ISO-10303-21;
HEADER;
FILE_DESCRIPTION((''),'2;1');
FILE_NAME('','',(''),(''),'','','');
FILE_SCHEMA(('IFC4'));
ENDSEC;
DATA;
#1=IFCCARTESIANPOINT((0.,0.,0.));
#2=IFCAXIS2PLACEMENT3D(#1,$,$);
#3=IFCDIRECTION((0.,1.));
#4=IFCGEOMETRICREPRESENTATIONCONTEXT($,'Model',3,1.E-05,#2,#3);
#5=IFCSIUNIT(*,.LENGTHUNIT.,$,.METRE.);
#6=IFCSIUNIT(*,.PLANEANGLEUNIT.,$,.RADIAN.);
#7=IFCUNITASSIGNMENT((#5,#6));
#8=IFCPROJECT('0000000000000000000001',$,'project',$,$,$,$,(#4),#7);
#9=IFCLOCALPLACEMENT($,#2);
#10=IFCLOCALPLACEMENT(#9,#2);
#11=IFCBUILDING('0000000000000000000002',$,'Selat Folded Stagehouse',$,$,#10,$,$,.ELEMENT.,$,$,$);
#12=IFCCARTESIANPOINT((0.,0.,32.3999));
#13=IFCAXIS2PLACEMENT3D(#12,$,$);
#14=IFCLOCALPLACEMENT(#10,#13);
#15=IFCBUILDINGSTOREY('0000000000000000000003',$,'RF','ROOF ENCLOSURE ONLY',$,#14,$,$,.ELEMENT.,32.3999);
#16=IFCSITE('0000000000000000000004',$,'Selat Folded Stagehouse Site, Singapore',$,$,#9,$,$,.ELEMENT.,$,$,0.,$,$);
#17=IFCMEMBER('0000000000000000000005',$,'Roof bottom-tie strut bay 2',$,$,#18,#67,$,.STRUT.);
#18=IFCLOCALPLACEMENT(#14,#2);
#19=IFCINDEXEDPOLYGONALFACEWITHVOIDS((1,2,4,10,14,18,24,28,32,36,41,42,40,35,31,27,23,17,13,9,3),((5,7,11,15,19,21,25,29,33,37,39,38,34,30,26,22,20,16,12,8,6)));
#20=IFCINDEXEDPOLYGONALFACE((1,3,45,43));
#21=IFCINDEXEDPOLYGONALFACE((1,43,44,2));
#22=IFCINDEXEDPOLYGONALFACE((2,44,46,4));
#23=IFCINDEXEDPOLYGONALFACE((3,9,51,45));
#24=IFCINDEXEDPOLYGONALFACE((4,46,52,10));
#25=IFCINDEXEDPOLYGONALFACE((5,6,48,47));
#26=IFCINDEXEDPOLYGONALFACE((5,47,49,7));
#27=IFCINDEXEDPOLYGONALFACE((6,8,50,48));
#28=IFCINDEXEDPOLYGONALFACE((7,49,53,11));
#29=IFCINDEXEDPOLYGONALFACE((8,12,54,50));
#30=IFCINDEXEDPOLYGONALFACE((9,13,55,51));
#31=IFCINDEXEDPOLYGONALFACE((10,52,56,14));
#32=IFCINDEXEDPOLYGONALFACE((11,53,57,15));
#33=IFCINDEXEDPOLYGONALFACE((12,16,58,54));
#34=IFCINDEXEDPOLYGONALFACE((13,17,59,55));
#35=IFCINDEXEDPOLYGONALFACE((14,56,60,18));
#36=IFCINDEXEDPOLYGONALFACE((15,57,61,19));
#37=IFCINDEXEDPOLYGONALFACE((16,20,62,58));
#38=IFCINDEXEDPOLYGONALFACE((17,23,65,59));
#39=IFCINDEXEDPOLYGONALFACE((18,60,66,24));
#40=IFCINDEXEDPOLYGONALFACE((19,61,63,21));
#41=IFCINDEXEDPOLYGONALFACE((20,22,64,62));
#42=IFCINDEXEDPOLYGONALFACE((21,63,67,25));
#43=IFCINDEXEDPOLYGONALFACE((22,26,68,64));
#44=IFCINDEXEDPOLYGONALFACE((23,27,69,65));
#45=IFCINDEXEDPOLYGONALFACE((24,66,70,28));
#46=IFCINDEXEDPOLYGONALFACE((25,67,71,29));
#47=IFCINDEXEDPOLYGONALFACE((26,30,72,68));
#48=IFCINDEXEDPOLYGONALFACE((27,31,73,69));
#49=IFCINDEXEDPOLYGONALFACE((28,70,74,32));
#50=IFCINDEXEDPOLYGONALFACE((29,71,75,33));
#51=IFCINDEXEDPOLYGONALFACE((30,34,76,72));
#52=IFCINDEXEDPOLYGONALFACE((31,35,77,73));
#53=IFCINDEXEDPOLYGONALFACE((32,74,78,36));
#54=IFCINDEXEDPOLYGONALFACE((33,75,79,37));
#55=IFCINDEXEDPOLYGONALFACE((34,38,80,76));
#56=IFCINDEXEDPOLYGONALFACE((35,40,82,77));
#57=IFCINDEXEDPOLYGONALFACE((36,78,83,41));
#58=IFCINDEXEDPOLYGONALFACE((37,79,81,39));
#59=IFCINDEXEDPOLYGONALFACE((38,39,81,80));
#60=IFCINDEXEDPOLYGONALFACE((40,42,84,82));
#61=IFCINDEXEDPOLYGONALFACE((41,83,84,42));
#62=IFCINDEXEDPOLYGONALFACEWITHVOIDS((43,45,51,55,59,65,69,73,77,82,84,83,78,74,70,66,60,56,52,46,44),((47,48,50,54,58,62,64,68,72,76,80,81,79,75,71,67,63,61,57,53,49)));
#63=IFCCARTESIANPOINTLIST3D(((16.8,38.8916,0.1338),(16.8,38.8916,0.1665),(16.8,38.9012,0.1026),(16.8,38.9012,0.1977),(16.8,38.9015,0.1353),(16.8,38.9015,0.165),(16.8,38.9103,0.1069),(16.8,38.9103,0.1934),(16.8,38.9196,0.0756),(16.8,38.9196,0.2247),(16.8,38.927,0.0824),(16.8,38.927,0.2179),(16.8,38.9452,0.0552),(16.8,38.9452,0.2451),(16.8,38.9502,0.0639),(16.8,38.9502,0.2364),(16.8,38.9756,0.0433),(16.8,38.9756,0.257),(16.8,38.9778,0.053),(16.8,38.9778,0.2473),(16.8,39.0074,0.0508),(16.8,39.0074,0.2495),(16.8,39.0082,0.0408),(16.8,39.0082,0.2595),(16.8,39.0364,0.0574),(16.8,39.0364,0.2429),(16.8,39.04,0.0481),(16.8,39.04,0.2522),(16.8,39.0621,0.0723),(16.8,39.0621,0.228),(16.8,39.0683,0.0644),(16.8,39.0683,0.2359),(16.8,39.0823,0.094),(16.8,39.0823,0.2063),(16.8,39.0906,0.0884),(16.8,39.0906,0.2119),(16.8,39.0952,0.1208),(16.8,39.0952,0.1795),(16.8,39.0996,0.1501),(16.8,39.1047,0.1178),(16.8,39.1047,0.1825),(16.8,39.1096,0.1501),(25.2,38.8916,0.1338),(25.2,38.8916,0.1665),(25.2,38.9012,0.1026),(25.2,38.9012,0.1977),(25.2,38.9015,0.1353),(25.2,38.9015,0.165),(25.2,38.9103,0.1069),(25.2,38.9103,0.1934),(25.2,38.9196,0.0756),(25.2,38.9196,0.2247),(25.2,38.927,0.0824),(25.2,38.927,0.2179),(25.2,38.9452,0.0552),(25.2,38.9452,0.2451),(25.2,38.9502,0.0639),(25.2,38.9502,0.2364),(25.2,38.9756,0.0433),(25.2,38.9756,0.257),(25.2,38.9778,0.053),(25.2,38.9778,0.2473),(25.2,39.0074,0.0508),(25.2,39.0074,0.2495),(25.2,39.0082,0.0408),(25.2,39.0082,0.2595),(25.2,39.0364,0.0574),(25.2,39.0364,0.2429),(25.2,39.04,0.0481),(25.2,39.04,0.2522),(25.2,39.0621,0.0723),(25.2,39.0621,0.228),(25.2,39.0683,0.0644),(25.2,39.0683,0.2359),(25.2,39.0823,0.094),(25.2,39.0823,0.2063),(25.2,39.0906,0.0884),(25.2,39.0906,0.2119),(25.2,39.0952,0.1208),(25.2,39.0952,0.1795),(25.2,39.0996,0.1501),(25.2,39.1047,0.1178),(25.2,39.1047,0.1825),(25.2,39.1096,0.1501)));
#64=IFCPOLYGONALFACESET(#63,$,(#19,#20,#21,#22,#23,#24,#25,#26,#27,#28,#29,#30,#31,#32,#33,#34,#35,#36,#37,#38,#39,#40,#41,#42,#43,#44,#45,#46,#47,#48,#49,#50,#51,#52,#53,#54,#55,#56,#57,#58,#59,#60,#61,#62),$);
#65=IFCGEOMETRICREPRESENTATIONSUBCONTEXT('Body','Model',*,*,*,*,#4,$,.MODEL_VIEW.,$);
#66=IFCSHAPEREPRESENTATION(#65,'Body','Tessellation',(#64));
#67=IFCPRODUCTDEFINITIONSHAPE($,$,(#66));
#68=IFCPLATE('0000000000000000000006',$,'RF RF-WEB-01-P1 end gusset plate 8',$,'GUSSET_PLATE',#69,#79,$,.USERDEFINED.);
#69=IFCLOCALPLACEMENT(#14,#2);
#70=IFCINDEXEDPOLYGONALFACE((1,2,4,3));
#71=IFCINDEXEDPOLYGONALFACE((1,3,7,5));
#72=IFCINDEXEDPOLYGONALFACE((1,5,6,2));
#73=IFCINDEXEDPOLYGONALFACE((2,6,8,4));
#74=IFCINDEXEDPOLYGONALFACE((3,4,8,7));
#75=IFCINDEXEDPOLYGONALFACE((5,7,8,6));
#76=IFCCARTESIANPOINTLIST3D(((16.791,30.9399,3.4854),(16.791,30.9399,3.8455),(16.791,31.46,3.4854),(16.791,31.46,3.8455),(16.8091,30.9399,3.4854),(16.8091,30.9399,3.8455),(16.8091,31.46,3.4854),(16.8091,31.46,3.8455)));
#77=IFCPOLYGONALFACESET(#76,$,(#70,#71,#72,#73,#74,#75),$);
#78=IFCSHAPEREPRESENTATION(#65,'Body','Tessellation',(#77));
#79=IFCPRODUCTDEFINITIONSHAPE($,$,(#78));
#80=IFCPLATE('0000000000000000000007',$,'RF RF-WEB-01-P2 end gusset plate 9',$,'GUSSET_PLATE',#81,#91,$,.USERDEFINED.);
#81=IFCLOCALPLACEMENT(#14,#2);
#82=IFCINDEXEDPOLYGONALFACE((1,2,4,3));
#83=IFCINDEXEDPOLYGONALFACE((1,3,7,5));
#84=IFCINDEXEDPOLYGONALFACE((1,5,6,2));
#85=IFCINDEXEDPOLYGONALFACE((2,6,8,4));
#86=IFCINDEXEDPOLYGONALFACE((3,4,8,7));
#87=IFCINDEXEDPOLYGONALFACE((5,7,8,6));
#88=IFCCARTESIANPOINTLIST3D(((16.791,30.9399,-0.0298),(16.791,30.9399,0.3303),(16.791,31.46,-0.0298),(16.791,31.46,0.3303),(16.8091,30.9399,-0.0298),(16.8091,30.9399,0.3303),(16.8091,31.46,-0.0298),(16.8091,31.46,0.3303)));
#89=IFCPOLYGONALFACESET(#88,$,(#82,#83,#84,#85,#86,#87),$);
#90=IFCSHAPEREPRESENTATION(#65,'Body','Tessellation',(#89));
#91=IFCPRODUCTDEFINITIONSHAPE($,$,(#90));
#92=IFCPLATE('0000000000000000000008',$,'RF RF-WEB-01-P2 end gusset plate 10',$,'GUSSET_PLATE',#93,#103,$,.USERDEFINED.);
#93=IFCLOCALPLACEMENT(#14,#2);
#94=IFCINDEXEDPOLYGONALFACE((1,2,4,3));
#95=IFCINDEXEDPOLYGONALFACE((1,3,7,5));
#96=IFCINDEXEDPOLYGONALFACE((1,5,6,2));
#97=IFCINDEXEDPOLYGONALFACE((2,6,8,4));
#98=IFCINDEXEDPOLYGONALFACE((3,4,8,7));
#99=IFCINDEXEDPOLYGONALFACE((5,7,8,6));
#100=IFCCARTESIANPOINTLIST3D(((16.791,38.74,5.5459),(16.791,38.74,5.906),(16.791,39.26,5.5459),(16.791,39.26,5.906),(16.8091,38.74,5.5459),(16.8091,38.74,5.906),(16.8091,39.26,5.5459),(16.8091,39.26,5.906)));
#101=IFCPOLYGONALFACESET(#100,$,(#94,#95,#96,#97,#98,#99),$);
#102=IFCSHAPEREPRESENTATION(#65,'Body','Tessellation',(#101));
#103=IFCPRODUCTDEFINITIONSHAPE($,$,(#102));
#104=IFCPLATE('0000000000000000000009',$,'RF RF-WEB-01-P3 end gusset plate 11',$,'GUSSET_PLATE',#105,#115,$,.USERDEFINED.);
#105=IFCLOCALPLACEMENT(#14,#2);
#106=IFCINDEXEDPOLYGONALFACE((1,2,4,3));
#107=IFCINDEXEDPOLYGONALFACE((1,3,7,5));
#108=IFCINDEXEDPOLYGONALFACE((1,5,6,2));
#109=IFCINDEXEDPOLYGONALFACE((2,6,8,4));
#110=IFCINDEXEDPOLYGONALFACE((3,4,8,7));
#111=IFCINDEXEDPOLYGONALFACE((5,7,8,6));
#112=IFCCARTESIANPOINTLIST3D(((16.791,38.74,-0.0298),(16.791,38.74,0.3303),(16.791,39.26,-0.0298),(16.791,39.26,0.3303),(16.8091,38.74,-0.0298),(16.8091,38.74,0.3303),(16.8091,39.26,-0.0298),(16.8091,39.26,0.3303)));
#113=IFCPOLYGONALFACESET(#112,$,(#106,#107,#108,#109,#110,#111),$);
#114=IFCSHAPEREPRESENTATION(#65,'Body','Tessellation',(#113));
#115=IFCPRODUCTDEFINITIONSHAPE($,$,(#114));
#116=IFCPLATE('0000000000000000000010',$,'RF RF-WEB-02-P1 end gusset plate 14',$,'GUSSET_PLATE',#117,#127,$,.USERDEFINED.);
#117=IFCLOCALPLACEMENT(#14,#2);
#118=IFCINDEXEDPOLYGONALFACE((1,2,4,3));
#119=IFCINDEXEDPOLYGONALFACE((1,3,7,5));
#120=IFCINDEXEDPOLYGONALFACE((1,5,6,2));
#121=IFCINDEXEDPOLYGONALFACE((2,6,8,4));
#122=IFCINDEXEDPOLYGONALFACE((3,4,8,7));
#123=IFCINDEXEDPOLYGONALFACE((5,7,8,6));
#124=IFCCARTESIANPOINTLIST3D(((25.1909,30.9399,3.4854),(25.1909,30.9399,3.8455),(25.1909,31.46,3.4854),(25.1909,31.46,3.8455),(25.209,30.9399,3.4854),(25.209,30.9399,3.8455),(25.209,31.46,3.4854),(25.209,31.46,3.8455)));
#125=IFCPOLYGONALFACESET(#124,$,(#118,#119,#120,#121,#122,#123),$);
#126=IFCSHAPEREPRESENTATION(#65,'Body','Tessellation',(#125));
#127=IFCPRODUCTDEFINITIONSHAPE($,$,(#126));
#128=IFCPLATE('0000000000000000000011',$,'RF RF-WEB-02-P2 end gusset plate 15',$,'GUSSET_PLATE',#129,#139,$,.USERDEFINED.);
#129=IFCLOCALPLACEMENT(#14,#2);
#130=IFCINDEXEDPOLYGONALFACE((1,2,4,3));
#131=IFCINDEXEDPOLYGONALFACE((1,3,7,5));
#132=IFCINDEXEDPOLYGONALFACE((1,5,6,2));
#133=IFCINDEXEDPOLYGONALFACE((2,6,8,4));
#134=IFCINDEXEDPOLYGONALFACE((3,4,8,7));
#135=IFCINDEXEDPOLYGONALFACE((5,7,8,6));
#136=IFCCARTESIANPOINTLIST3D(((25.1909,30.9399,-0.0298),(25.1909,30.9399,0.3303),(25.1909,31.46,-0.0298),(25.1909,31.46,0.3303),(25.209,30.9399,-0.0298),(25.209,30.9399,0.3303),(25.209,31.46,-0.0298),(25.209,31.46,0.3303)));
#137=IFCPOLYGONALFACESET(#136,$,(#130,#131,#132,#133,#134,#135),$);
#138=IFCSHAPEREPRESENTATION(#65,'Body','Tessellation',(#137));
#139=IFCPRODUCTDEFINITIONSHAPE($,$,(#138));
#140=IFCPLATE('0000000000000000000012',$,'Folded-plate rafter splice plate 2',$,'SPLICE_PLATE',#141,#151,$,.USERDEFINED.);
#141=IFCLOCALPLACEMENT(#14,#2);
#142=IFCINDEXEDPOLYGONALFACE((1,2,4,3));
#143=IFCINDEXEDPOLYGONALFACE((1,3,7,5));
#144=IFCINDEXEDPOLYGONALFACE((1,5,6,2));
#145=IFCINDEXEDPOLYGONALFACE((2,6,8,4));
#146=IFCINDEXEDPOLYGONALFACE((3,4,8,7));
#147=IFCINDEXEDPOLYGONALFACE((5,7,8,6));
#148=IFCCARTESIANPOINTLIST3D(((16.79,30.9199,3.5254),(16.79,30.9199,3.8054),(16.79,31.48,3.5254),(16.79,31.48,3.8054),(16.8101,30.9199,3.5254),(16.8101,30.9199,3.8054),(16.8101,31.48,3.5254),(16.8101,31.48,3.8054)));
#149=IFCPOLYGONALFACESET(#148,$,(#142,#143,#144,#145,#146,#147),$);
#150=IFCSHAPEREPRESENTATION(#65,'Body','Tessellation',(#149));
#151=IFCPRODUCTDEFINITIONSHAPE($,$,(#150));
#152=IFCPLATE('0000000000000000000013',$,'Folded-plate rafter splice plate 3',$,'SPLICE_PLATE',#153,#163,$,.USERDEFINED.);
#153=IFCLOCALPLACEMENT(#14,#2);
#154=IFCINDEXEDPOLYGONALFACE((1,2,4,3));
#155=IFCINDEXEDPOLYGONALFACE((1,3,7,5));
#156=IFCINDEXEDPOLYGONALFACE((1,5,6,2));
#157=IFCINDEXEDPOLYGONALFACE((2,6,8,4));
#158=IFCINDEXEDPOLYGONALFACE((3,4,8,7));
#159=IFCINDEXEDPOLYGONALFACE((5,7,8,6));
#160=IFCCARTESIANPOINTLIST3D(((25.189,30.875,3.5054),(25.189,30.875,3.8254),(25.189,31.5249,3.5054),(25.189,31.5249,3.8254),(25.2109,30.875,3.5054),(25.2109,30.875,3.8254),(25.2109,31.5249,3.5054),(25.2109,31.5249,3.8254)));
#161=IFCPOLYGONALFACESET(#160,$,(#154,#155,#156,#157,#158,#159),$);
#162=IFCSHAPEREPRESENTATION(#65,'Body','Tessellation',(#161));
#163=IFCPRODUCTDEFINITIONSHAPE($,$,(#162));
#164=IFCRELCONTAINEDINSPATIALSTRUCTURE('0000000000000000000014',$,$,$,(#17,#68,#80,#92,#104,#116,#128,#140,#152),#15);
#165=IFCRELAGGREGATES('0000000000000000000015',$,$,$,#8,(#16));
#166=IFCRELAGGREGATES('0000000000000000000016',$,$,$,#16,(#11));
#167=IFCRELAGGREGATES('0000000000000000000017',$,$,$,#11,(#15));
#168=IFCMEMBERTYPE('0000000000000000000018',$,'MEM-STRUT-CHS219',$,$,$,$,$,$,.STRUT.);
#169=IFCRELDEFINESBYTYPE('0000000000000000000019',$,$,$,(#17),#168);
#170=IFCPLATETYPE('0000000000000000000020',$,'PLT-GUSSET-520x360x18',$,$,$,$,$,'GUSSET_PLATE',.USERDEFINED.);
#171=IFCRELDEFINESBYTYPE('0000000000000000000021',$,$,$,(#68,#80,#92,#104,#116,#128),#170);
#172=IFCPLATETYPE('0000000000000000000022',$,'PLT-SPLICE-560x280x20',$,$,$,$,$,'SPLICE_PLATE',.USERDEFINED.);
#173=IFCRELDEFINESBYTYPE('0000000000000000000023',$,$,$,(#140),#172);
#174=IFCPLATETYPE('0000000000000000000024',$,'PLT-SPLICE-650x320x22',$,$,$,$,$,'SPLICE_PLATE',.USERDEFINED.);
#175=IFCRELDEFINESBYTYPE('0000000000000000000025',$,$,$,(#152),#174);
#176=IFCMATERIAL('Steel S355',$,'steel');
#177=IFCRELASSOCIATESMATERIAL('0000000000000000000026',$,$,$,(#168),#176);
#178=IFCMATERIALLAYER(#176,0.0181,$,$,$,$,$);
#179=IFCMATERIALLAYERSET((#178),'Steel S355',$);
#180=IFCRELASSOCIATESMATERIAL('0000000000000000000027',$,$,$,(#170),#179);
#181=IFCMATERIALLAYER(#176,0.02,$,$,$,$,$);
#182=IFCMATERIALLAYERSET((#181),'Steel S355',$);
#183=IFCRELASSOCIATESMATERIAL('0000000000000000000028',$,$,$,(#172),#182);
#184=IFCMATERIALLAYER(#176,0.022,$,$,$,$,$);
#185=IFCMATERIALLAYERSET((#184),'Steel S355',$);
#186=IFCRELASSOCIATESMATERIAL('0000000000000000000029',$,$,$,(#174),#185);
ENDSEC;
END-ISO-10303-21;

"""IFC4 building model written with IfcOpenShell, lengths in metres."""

from ifc_helpers import new_model, si_unit, direction, frame, origin, origin_2d, place, context, subcontext, project, spatial, rectangle, hollow_circle, extrude, material, layer, layer_set, material_profile, profile_set, type_object, element, save


model = new_model("IFC4")

# Units and contexts
model_context = context("Model", 3, precision=1e-05, world=origin(), true_north=direction((0.0, 1.0)))
body_context = subcontext(model_context, "Body", "Model", "MODEL_VIEW")
ifc_project = project(units=[si_unit("LENGTHUNIT", "METRE"), si_unit("PLANEANGLEUNIT", "RADIAN")], contexts=[model_context])

# Site, building, storey
site_placement = place(None, origin())
site = spatial("IfcSite", under=ifc_project, at=site_placement, Name="Selat Folded Stagehouse Site, Singapore", CompositionType="ELEMENT", RefElevation=0.0)
building_placement = place(site_placement, origin())
building = spatial("IfcBuilding", under=site, at=building_placement, Name="Selat Folded Stagehouse", CompositionType="ELEMENT")
storey_placement = place(building_placement, frame((0.0, 0.0, 32.3999)))
storey = spatial("IfcBuildingStorey", under=building, at=storey_placement, Name="RF", Description="ROOF ENCLOSURE ONLY", CompositionType="ELEMENT", Elevation=32.3999)

# Shared definitions
ifc_material = material(Name="Steel S355", Category="steel")

# Member
ifc_material_profile_1 = material_profile(ifc_material, hollow_circle(Radius=0.1096, WallThickness=0.01, at=origin_2d()), Name="CHS 219.1x10.0")
ifc_profile_set_1 = profile_set([ifc_material_profile_1], Name="Steel S355")
member_type_1 = type_object("IfcMemberType", Name="MEM-STRUT-CHS219", PredefinedType="STRUT", material=ifc_profile_set_1)
member_1_placement = place(storey_placement, frame((16.8, 39.0, 0.1501), z_axis=(1.0, 0.0, 0.0), x_axis=(0.0, 1.0, 0.0)))
element("IfcMember", 1, at=member_1_placement, inside=storey, type_object=member_type_1, Name="Roof bottom-tie strut bay 2", PredefinedType="STRUT", context=body_context, shape_type="SweptSolid", body=[
    extrude(hollow_circle(Radius=0.1096, WallThickness=0.01, at=origin_2d()), origin(), (0.0, 0.0, 1.0), 8.3999),
])

# Plates
ifc_layer_1 = layer(ifc_material, 0.0181)
ifc_layer_set_1 = layer_set([ifc_layer_1], Name="Steel S355")
plate_type_1 = type_object("IfcPlateType", Name="PLT-GUSSET-520x360x18", ElementType="GUSSET_PLATE", PredefinedType="USERDEFINED", material=ifc_layer_set_1)
for number, where, z_axis, x_axis, name in (
    (2, (16.8, 31.2, 3.4854), (0.0, 0.0, 1.0), (0.0, 1.0, 0.0), "RF RF-WEB-01-P1 end gusset plate 8"),
    (3, (16.8, 31.2, -0.0298), (0.0, 0.0, 1.0), (0.0, 1.0, 0.0), "RF RF-WEB-01-P2 end gusset plate 9"),
    (4, (16.8, 39.0, 5.5459), (0.0, 0.0, 1.0), (0.0, 1.0, 0.0), "RF RF-WEB-01-P2 end gusset plate 10"),
    (5, (16.8, 39.0, -0.0298), (0.0, 0.0, 1.0), (0.0, 1.0, 0.0), "RF RF-WEB-01-P3 end gusset plate 11"),
    (6, (25.2, 31.2, 3.4854), (0.0, 0.0, 1.0), (0.0, 1.0, 0.0), "RF RF-WEB-02-P1 end gusset plate 14"),
    (7, (25.2, 31.2, -0.0298), (0.0, 0.0, 1.0), (0.0, 1.0, 0.0), "RF RF-WEB-02-P2 end gusset plate 15"),
):
    element("IfcPlate", number, at=place(storey_placement, frame(where, z_axis=z_axis, x_axis=x_axis)), inside=storey, type_object=plate_type_1, Name=name, ObjectType="GUSSET_PLATE", PredefinedType="USERDEFINED", context=body_context, shape_type="SweptSolid", body=[
        extrude(rectangle(XDim=0.52, YDim=0.0181, at=origin_2d()), origin(), (0.0, 0.0, 1.0), 0.3601),
    ])
ifc_layer_2 = layer(ifc_material, 0.02)
ifc_layer_set_2 = layer_set([ifc_layer_2], Name="Steel S355")
plate_type_2 = type_object("IfcPlateType", Name="PLT-SPLICE-560x280x20", ElementType="SPLICE_PLATE", PredefinedType="USERDEFINED", material=ifc_layer_set_2)
plate_1_placement = place(storey_placement, frame((16.8, 31.2, 3.5254), z_axis=(0.0, 0.0, 1.0), x_axis=(1.0, 0.0, 0.0)))
element("IfcPlate", 8, at=plate_1_placement, inside=storey, type_object=plate_type_2, Name="Folded-plate rafter splice plate 2", ObjectType="SPLICE_PLATE", PredefinedType="USERDEFINED", context=body_context, shape_type="SweptSolid", body=[
    extrude(rectangle(XDim=0.02, YDim=0.5601, at=origin_2d()), origin(), (0.0, 0.0, 1.0), 0.28),
])
ifc_layer_3 = layer(ifc_material, 0.022)
ifc_layer_set_3 = layer_set([ifc_layer_3], Name="Steel S355")
plate_type_3 = type_object("IfcPlateType", Name="PLT-SPLICE-650x320x22", ElementType="SPLICE_PLATE", PredefinedType="USERDEFINED", material=ifc_layer_set_3)
plate_2_placement = place(storey_placement, frame((25.2, 31.2, 3.5054), z_axis=(0.0, 0.0, 1.0), x_axis=(1.0, 0.0, 0.0)))
element("IfcPlate", 9, at=plate_2_placement, inside=storey, type_object=plate_type_3, Name="Folded-plate rafter splice plate 3", ObjectType="SPLICE_PLATE", PredefinedType="USERDEFINED", context=body_context, shape_type="SweptSolid", body=[
    extrude(rectangle(XDim=0.022, YDim=0.6499, at=origin_2d()), origin(), (0.0, 0.0, 1.0), 0.3201),
])

save(model, "model.ifc")
